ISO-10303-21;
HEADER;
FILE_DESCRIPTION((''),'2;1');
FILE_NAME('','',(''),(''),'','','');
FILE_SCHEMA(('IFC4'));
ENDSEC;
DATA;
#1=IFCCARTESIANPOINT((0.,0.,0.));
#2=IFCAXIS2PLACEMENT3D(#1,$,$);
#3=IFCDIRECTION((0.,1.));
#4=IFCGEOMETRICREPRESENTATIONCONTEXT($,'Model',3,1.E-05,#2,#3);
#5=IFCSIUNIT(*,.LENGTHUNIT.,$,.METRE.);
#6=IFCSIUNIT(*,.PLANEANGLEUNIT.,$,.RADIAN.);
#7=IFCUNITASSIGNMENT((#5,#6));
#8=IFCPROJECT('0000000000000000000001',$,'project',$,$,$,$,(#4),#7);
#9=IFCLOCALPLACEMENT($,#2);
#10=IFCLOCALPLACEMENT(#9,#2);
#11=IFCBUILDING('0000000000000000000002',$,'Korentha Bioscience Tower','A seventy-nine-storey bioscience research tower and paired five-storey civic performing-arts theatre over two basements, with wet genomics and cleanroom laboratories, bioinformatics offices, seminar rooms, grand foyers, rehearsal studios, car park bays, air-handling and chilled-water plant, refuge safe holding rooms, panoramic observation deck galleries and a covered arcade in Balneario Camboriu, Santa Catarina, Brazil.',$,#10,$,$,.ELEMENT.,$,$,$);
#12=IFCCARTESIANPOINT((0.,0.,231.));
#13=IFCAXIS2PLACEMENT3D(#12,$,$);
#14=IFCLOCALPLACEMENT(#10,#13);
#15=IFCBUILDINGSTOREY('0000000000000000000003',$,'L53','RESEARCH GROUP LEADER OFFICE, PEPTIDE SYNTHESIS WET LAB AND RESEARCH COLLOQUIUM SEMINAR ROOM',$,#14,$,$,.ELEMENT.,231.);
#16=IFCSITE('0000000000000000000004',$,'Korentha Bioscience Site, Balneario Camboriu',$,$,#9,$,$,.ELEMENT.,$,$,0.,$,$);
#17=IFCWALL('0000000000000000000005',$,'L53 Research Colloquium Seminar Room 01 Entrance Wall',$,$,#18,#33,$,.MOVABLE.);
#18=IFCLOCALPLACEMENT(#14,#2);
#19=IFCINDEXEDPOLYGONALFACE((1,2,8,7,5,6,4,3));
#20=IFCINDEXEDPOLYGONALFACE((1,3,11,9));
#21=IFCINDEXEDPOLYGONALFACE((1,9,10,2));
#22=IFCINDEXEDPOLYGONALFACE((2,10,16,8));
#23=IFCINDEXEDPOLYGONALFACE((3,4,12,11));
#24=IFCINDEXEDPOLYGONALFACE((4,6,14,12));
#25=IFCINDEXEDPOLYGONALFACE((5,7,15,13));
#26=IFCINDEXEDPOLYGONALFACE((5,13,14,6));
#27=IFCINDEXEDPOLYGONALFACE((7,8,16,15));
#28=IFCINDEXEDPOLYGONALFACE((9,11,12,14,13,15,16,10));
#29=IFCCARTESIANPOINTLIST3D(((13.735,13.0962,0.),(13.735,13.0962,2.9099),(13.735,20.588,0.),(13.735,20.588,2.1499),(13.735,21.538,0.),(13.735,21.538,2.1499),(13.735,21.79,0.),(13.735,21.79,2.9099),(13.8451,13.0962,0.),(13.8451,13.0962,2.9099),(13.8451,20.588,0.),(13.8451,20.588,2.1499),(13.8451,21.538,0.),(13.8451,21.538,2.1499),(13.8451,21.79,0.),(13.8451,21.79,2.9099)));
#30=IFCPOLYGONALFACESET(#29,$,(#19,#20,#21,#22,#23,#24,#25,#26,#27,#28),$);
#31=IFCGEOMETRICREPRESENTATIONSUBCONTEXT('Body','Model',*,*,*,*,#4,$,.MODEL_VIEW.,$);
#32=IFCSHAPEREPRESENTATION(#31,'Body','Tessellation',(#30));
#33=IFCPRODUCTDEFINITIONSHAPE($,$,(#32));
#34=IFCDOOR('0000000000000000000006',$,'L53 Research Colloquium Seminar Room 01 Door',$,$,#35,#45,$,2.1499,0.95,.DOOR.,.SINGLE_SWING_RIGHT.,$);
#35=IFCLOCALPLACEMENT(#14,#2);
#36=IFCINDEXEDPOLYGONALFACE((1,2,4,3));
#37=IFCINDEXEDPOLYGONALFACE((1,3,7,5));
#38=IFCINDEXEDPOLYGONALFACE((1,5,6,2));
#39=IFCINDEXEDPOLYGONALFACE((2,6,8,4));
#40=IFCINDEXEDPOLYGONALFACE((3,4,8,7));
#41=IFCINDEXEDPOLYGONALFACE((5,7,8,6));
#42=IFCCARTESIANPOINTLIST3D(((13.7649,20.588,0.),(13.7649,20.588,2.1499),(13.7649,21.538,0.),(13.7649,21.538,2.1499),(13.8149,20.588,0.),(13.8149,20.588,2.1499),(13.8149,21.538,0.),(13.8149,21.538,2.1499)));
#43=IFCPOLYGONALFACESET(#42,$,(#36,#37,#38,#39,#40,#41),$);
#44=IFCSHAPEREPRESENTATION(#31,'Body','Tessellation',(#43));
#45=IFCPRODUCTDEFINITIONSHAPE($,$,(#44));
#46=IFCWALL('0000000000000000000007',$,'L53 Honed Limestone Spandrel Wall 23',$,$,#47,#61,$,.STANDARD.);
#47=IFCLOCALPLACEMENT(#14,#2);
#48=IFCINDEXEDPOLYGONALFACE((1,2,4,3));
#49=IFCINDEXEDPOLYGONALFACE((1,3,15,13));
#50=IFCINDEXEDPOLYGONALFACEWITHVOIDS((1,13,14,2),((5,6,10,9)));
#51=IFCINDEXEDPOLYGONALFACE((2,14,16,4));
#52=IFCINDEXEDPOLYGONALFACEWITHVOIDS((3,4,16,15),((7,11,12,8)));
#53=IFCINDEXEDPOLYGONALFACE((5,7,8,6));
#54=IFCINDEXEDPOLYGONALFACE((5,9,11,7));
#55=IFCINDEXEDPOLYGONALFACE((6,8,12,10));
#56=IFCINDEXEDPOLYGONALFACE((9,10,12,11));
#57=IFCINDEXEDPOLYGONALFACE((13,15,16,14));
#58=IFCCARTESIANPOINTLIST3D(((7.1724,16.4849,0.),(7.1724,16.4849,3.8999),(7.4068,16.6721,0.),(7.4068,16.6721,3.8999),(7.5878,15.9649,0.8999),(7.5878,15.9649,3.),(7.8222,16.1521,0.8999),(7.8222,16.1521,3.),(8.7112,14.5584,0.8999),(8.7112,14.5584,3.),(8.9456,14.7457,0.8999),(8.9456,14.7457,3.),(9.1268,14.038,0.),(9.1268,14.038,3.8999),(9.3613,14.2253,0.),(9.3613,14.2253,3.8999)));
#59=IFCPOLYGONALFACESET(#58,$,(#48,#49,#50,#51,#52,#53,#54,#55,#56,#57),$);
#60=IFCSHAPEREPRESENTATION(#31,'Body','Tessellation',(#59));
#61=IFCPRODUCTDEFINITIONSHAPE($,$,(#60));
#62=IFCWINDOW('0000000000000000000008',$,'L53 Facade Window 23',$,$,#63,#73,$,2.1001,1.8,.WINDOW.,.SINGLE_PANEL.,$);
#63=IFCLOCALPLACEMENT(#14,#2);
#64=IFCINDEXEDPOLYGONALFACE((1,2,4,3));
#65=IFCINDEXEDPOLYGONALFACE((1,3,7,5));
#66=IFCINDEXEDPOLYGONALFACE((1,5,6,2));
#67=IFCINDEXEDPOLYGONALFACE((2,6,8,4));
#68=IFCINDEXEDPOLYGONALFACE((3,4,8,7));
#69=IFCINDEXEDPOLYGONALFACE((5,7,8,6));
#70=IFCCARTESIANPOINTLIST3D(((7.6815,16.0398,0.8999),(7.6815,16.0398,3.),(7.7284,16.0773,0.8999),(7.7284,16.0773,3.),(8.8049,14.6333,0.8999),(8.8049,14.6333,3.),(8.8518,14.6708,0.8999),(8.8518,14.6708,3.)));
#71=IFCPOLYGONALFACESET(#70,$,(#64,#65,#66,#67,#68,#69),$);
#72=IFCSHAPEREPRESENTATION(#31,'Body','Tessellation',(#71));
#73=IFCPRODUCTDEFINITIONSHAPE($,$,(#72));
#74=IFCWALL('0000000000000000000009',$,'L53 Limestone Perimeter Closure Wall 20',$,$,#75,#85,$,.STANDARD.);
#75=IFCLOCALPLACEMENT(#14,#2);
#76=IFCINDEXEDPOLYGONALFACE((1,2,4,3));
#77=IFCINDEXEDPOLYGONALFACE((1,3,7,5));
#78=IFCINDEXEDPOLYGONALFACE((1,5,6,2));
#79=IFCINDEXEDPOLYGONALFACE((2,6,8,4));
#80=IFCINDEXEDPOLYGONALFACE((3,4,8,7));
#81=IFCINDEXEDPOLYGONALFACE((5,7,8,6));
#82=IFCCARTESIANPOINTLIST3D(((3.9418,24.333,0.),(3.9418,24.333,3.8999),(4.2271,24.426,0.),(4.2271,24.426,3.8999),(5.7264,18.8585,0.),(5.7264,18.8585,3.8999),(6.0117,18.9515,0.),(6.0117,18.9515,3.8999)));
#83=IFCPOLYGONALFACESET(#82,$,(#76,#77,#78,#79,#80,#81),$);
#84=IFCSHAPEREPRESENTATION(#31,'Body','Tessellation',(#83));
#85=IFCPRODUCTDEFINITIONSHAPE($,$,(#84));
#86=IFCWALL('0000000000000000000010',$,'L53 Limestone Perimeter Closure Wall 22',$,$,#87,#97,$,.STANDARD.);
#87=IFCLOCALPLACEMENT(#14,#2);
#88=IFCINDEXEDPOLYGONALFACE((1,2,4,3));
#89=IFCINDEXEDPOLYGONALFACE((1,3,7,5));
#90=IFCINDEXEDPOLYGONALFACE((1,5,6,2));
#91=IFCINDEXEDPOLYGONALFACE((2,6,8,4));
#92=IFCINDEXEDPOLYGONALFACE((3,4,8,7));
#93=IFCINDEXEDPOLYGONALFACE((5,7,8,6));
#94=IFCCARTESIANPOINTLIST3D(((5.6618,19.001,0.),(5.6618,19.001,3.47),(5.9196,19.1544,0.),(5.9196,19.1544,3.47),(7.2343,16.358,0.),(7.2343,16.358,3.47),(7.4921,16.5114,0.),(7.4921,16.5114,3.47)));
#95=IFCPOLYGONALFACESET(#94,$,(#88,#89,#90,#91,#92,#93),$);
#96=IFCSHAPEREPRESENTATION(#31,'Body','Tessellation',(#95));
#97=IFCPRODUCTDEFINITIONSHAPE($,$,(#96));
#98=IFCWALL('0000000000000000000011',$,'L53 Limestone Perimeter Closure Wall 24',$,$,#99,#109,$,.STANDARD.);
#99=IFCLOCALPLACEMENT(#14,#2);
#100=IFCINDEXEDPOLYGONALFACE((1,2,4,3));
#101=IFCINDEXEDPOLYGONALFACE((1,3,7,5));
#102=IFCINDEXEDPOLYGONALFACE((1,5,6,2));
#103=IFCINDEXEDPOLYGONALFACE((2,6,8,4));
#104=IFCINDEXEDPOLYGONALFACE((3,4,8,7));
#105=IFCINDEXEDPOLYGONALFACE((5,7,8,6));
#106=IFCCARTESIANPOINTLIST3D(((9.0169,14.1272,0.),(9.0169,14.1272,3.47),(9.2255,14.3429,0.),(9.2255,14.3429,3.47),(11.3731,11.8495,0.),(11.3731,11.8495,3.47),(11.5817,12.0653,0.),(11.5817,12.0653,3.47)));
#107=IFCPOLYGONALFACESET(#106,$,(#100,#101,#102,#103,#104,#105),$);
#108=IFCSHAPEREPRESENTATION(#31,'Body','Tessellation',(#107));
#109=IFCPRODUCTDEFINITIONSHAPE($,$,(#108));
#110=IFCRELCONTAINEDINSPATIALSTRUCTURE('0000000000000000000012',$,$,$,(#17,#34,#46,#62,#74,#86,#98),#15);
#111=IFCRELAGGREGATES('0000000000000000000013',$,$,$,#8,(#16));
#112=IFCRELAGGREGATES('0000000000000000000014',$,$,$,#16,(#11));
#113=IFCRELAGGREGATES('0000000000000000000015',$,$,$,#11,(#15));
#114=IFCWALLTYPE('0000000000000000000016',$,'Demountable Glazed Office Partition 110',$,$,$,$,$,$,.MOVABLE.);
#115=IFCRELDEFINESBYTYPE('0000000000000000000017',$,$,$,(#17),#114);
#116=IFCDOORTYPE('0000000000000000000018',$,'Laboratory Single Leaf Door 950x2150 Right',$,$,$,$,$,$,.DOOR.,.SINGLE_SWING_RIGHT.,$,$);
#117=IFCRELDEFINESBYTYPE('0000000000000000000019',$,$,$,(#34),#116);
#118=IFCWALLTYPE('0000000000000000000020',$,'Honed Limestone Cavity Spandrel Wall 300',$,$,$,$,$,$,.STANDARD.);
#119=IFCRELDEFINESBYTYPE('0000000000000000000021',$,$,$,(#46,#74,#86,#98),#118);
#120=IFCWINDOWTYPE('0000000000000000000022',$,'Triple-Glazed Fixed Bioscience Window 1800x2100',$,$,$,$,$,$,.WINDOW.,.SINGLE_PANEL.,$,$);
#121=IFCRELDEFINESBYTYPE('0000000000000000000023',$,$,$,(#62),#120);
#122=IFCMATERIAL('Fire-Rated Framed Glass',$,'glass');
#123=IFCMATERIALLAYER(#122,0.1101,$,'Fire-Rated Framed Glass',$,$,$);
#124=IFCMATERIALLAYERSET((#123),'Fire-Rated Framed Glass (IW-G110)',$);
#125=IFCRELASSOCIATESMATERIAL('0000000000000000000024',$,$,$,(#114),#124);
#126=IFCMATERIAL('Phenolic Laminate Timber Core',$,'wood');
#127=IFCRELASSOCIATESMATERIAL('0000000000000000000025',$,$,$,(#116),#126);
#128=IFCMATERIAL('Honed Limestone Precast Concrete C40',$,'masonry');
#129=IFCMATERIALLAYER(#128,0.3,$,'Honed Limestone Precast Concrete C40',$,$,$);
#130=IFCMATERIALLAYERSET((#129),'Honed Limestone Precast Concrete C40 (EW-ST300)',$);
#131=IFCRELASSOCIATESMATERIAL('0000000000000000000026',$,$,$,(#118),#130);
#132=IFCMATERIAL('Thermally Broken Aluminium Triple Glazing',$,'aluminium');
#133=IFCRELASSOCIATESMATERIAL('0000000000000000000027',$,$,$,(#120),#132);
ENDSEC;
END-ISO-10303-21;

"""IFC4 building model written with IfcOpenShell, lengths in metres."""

from ifc_helpers import new_model, si_unit, direction, frame, frame_2d, origin, place, context, subcontext, project, spatial, rectangle, extrude, material, layer, layer_set, type_object, element, fill, save


model = new_model("IFC4")

# Units and contexts
model_context = context("Model", 3, precision=1e-05, world=origin(), true_north=direction((0.0, 1.0)))
body_context = subcontext(model_context, "Body", "Model", "MODEL_VIEW")
ifc_project = project(units=[si_unit("LENGTHUNIT", "METRE"), si_unit("PLANEANGLEUNIT", "RADIAN")], contexts=[model_context])

# Site, building, storey
site_placement = place(None, origin())
site = spatial("IfcSite", under=ifc_project, at=site_placement, Name="Korentha Bioscience Site, Balneario Camboriu", CompositionType="ELEMENT", RefElevation=0.0)
building_placement = place(site_placement, origin())
building = spatial("IfcBuilding", under=site, at=building_placement, Name="Korentha Bioscience Tower", Description="A seventy-nine-storey bioscience research tower and paired five-storey civic performing-arts theatre over two basements, with wet genomics and cleanroom laboratories, bioinformatics offices, seminar rooms, grand foyers, rehearsal studios, car park bays, air-handling and chilled-water plant, refuge safe holding rooms, panoramic observation deck galleries and a covered arcade in Balneario Camboriu, Santa Catarina, Brazil.", CompositionType="ELEMENT")
storey_placement = place(building_placement, frame((0.0, 0.0, 231.0)))
storey = spatial("IfcBuildingStorey", under=building, at=storey_placement, Name="L53", Description="RESEARCH GROUP LEADER OFFICE, PEPTIDE SYNTHESIS WET LAB AND RESEARCH COLLOQUIUM SEMINAR ROOM", CompositionType="ELEMENT", Elevation=231.0)

# Wall, opening, door
ifc_material_1 = material(Name="Fire-Rated Framed Glass", Category="glass")
ifc_layer_1 = layer(ifc_material_1, 0.1101, Name="Fire-Rated Framed Glass")
ifc_layer_set_1 = layer_set([ifc_layer_1], Name="Fire-Rated Framed Glass (IW-G110)")
wall_type_1 = type_object("IfcWallType", Name="Demountable Glazed Office Partition 110", PredefinedType="MOVABLE", material=ifc_layer_set_1)
wall_1_placement = place(storey_placement, frame((13.79, 21.79, 0.0), z_axis=(0.0, 0.0, 1.0), x_axis=(0.0, -1.0, 0.0)))
wall_1 = element("IfcWall", 1, at=wall_1_placement, inside=storey, type_object=wall_type_1, Name="L53 Research Colloquium Seminar Room 01 Entrance Wall", PredefinedType="MOVABLE", context=body_context, shape_type="SweptSolid", body=[
    extrude(rectangle(XDim=8.6938, YDim=0.1101, at=frame_2d((4.3469, 0.0))), origin(), (0.0, 0.0, 1.0), 2.9099),
])
opening_1_placement = place(wall_1_placement, frame((0.252, 0.0, 0.0)))
opening_1 = element("IfcOpeningElement", 2, at=opening_1_placement, cuts=wall_1, PredefinedType="OPENING", context=body_context, shape_type="SweptSolid", body=[
    extrude(rectangle(XDim=0.95, YDim=2.1499, at=frame_2d((0.4751, 1.075))), frame((0.0, 0.0698, 0.0), z_axis=(0.0, -1.0, 0.0), x_axis=(1.0, 0.0, 0.0)), (0.0, 0.0, 1.0), 0.1399),
])
ifc_material_2 = material(Name="Phenolic Laminate Timber Core", Category="wood")
door_type = type_object("IfcDoorType", Name="Laboratory Single Leaf Door 950x2150 Right", OperationType="SINGLE_SWING_RIGHT", PredefinedType="DOOR", material=ifc_material_2)
door_placement = place(opening_1_placement, origin())
door = element("IfcDoor", 3, at=door_placement, inside=storey, type_object=door_type, Name="L53 Research Colloquium Seminar Room 01 Door", OperationType="SINGLE_SWING_RIGHT", OverallHeight=2.1499, OverallWidth=0.95, PredefinedType="DOOR", context=body_context, shape_type="SweptSolid", body=[
    extrude(rectangle(XDim=0.95, YDim=2.1499, at=frame_2d((0.4751, 1.075))), frame((0.0, 0.0249, 0.0), z_axis=(0.0, -1.0, 0.0), x_axis=(1.0, 0.0, 0.0)), (0.0, 0.0, 1.0), 0.05),
])
fill(opening_1, door)

# Wall, opening, window
ifc_material_3 = material(Name="Honed Limestone Precast Concrete C40", Category="masonry")
ifc_layer_2 = layer(ifc_material_3, 0.3, Name="Honed Limestone Precast Concrete C40")
ifc_layer_set_2 = layer_set([ifc_layer_2], Name="Honed Limestone Precast Concrete C40 (EW-ST300)")
wall_type_2 = type_object("IfcWallType", Name="Honed Limestone Cavity Spandrel Wall 300", PredefinedType="STANDARD", material=ifc_layer_set_2)
wall_2_placement = place(storey_placement, frame((7.2896, 16.5786, 0.0), z_axis=(0.0, 0.0, 1.0), x_axis=(0.624096, -0.781348, 0.0)))
wall_2 = element("IfcWall", 4, at=wall_2_placement, inside=storey, type_object=wall_type_2, Name="L53 Honed Limestone Spandrel Wall 23", PredefinedType="STANDARD", context=body_context, shape_type="SweptSolid", body=[
    extrude(rectangle(XDim=3.1316, YDim=0.3, at=frame_2d((1.5659, 0.0))), origin(), (0.0, 0.0, 1.0), 3.8999),
])
opening_2_placement = place(wall_2_placement, frame((0.6658, 0.0, 0.8999)))
opening_2 = element("IfcOpeningElement", 5, at=opening_2_placement, cuts=wall_2, PredefinedType="OPENING", context=body_context, shape_type="SweptSolid", body=[
    extrude(rectangle(XDim=1.8, YDim=2.1001, at=frame_2d((0.8999, 1.05))), frame((0.0, 0.165, 0.0), z_axis=(0.0, -1.0, 0.0), x_axis=(1.0, 0.0, 0.0)), (0.0, 0.0, 1.0), 0.3298),
])
ifc_material_4 = material(Name="Thermally Broken Aluminium Triple Glazing", Category="aluminium")
window_type = type_object("IfcWindowType", Name="Triple-Glazed Fixed Bioscience Window 1800x2100", PartitioningType="SINGLE_PANEL", PredefinedType="WINDOW", material=ifc_material_4)
window_placement = place(opening_2_placement, origin())
window = element("IfcWindow", 6, at=window_placement, inside=storey, type_object=window_type, Name="L53 Facade Window 23", OverallHeight=2.1001, OverallWidth=1.8, PartitioningType="SINGLE_PANEL", PredefinedType="WINDOW", context=body_context, shape_type="SweptSolid", body=[
    extrude(rectangle(XDim=1.8, YDim=2.1001, at=frame_2d((0.8999, 1.05))), frame((0.0, 0.03, 0.0), z_axis=(0.0, -1.0, 0.0), x_axis=(1.0, 0.0, 0.0)), (0.0, 0.0, 1.0), 0.0601),
])
fill(opening_2, window)

# Walls
wall_3_placement = place(storey_placement, frame((4.0845, 24.3794, 0.0), z_axis=(0.0, 0.0, 1.0), x_axis=(0.309937, -0.950757, 0.0)))
element("IfcWall", 7, at=wall_3_placement, inside=storey, type_object=wall_type_2, Name="L53 Limestone Perimeter Closure Wall 20", PredefinedType="STANDARD", context=body_context, shape_type="SweptSolid", body=[
    extrude(rectangle(XDim=5.7581, YDim=0.3, at=frame_2d((2.8789, 0.0))), origin(), (0.0, 0.0, 1.0), 3.8999),
])
wall_4_placement = place(storey_placement, frame((5.7908, 19.0776, 0.0), z_axis=(0.0, 0.0, 1.0), x_axis=(0.511305, -0.859399, 0.0)))
element("IfcWall", 8, at=wall_4_placement, inside=storey, type_object=wall_type_2, Name="L53 Limestone Perimeter Closure Wall 22", PredefinedType="STANDARD", context=body_context, shape_type="SweptSolid", body=[
    extrude(rectangle(XDim=3.0754, YDim=0.3, at=frame_2d((1.5376, 0.0))), origin(), (0.0, 0.0, 1.0), 3.47),
])
wall_5_placement = place(storey_placement, frame((9.1211, 14.2351, 0.0), z_axis=(0.0, 0.0, 1.0), x_axis=(0.719, -0.695011, 0.0)))
element("IfcWall", 9, at=wall_5_placement, inside=storey, type_object=wall_type_2, Name="L53 Limestone Perimeter Closure Wall 24", PredefinedType="STANDARD", context=body_context, shape_type="SweptSolid", body=[
    extrude(rectangle(XDim=3.2771, YDim=0.3, at=frame_2d((1.6387, 0.0))), origin(), (0.0, 0.0, 1.0), 3.47),
])

save(model, "model.ifc")
